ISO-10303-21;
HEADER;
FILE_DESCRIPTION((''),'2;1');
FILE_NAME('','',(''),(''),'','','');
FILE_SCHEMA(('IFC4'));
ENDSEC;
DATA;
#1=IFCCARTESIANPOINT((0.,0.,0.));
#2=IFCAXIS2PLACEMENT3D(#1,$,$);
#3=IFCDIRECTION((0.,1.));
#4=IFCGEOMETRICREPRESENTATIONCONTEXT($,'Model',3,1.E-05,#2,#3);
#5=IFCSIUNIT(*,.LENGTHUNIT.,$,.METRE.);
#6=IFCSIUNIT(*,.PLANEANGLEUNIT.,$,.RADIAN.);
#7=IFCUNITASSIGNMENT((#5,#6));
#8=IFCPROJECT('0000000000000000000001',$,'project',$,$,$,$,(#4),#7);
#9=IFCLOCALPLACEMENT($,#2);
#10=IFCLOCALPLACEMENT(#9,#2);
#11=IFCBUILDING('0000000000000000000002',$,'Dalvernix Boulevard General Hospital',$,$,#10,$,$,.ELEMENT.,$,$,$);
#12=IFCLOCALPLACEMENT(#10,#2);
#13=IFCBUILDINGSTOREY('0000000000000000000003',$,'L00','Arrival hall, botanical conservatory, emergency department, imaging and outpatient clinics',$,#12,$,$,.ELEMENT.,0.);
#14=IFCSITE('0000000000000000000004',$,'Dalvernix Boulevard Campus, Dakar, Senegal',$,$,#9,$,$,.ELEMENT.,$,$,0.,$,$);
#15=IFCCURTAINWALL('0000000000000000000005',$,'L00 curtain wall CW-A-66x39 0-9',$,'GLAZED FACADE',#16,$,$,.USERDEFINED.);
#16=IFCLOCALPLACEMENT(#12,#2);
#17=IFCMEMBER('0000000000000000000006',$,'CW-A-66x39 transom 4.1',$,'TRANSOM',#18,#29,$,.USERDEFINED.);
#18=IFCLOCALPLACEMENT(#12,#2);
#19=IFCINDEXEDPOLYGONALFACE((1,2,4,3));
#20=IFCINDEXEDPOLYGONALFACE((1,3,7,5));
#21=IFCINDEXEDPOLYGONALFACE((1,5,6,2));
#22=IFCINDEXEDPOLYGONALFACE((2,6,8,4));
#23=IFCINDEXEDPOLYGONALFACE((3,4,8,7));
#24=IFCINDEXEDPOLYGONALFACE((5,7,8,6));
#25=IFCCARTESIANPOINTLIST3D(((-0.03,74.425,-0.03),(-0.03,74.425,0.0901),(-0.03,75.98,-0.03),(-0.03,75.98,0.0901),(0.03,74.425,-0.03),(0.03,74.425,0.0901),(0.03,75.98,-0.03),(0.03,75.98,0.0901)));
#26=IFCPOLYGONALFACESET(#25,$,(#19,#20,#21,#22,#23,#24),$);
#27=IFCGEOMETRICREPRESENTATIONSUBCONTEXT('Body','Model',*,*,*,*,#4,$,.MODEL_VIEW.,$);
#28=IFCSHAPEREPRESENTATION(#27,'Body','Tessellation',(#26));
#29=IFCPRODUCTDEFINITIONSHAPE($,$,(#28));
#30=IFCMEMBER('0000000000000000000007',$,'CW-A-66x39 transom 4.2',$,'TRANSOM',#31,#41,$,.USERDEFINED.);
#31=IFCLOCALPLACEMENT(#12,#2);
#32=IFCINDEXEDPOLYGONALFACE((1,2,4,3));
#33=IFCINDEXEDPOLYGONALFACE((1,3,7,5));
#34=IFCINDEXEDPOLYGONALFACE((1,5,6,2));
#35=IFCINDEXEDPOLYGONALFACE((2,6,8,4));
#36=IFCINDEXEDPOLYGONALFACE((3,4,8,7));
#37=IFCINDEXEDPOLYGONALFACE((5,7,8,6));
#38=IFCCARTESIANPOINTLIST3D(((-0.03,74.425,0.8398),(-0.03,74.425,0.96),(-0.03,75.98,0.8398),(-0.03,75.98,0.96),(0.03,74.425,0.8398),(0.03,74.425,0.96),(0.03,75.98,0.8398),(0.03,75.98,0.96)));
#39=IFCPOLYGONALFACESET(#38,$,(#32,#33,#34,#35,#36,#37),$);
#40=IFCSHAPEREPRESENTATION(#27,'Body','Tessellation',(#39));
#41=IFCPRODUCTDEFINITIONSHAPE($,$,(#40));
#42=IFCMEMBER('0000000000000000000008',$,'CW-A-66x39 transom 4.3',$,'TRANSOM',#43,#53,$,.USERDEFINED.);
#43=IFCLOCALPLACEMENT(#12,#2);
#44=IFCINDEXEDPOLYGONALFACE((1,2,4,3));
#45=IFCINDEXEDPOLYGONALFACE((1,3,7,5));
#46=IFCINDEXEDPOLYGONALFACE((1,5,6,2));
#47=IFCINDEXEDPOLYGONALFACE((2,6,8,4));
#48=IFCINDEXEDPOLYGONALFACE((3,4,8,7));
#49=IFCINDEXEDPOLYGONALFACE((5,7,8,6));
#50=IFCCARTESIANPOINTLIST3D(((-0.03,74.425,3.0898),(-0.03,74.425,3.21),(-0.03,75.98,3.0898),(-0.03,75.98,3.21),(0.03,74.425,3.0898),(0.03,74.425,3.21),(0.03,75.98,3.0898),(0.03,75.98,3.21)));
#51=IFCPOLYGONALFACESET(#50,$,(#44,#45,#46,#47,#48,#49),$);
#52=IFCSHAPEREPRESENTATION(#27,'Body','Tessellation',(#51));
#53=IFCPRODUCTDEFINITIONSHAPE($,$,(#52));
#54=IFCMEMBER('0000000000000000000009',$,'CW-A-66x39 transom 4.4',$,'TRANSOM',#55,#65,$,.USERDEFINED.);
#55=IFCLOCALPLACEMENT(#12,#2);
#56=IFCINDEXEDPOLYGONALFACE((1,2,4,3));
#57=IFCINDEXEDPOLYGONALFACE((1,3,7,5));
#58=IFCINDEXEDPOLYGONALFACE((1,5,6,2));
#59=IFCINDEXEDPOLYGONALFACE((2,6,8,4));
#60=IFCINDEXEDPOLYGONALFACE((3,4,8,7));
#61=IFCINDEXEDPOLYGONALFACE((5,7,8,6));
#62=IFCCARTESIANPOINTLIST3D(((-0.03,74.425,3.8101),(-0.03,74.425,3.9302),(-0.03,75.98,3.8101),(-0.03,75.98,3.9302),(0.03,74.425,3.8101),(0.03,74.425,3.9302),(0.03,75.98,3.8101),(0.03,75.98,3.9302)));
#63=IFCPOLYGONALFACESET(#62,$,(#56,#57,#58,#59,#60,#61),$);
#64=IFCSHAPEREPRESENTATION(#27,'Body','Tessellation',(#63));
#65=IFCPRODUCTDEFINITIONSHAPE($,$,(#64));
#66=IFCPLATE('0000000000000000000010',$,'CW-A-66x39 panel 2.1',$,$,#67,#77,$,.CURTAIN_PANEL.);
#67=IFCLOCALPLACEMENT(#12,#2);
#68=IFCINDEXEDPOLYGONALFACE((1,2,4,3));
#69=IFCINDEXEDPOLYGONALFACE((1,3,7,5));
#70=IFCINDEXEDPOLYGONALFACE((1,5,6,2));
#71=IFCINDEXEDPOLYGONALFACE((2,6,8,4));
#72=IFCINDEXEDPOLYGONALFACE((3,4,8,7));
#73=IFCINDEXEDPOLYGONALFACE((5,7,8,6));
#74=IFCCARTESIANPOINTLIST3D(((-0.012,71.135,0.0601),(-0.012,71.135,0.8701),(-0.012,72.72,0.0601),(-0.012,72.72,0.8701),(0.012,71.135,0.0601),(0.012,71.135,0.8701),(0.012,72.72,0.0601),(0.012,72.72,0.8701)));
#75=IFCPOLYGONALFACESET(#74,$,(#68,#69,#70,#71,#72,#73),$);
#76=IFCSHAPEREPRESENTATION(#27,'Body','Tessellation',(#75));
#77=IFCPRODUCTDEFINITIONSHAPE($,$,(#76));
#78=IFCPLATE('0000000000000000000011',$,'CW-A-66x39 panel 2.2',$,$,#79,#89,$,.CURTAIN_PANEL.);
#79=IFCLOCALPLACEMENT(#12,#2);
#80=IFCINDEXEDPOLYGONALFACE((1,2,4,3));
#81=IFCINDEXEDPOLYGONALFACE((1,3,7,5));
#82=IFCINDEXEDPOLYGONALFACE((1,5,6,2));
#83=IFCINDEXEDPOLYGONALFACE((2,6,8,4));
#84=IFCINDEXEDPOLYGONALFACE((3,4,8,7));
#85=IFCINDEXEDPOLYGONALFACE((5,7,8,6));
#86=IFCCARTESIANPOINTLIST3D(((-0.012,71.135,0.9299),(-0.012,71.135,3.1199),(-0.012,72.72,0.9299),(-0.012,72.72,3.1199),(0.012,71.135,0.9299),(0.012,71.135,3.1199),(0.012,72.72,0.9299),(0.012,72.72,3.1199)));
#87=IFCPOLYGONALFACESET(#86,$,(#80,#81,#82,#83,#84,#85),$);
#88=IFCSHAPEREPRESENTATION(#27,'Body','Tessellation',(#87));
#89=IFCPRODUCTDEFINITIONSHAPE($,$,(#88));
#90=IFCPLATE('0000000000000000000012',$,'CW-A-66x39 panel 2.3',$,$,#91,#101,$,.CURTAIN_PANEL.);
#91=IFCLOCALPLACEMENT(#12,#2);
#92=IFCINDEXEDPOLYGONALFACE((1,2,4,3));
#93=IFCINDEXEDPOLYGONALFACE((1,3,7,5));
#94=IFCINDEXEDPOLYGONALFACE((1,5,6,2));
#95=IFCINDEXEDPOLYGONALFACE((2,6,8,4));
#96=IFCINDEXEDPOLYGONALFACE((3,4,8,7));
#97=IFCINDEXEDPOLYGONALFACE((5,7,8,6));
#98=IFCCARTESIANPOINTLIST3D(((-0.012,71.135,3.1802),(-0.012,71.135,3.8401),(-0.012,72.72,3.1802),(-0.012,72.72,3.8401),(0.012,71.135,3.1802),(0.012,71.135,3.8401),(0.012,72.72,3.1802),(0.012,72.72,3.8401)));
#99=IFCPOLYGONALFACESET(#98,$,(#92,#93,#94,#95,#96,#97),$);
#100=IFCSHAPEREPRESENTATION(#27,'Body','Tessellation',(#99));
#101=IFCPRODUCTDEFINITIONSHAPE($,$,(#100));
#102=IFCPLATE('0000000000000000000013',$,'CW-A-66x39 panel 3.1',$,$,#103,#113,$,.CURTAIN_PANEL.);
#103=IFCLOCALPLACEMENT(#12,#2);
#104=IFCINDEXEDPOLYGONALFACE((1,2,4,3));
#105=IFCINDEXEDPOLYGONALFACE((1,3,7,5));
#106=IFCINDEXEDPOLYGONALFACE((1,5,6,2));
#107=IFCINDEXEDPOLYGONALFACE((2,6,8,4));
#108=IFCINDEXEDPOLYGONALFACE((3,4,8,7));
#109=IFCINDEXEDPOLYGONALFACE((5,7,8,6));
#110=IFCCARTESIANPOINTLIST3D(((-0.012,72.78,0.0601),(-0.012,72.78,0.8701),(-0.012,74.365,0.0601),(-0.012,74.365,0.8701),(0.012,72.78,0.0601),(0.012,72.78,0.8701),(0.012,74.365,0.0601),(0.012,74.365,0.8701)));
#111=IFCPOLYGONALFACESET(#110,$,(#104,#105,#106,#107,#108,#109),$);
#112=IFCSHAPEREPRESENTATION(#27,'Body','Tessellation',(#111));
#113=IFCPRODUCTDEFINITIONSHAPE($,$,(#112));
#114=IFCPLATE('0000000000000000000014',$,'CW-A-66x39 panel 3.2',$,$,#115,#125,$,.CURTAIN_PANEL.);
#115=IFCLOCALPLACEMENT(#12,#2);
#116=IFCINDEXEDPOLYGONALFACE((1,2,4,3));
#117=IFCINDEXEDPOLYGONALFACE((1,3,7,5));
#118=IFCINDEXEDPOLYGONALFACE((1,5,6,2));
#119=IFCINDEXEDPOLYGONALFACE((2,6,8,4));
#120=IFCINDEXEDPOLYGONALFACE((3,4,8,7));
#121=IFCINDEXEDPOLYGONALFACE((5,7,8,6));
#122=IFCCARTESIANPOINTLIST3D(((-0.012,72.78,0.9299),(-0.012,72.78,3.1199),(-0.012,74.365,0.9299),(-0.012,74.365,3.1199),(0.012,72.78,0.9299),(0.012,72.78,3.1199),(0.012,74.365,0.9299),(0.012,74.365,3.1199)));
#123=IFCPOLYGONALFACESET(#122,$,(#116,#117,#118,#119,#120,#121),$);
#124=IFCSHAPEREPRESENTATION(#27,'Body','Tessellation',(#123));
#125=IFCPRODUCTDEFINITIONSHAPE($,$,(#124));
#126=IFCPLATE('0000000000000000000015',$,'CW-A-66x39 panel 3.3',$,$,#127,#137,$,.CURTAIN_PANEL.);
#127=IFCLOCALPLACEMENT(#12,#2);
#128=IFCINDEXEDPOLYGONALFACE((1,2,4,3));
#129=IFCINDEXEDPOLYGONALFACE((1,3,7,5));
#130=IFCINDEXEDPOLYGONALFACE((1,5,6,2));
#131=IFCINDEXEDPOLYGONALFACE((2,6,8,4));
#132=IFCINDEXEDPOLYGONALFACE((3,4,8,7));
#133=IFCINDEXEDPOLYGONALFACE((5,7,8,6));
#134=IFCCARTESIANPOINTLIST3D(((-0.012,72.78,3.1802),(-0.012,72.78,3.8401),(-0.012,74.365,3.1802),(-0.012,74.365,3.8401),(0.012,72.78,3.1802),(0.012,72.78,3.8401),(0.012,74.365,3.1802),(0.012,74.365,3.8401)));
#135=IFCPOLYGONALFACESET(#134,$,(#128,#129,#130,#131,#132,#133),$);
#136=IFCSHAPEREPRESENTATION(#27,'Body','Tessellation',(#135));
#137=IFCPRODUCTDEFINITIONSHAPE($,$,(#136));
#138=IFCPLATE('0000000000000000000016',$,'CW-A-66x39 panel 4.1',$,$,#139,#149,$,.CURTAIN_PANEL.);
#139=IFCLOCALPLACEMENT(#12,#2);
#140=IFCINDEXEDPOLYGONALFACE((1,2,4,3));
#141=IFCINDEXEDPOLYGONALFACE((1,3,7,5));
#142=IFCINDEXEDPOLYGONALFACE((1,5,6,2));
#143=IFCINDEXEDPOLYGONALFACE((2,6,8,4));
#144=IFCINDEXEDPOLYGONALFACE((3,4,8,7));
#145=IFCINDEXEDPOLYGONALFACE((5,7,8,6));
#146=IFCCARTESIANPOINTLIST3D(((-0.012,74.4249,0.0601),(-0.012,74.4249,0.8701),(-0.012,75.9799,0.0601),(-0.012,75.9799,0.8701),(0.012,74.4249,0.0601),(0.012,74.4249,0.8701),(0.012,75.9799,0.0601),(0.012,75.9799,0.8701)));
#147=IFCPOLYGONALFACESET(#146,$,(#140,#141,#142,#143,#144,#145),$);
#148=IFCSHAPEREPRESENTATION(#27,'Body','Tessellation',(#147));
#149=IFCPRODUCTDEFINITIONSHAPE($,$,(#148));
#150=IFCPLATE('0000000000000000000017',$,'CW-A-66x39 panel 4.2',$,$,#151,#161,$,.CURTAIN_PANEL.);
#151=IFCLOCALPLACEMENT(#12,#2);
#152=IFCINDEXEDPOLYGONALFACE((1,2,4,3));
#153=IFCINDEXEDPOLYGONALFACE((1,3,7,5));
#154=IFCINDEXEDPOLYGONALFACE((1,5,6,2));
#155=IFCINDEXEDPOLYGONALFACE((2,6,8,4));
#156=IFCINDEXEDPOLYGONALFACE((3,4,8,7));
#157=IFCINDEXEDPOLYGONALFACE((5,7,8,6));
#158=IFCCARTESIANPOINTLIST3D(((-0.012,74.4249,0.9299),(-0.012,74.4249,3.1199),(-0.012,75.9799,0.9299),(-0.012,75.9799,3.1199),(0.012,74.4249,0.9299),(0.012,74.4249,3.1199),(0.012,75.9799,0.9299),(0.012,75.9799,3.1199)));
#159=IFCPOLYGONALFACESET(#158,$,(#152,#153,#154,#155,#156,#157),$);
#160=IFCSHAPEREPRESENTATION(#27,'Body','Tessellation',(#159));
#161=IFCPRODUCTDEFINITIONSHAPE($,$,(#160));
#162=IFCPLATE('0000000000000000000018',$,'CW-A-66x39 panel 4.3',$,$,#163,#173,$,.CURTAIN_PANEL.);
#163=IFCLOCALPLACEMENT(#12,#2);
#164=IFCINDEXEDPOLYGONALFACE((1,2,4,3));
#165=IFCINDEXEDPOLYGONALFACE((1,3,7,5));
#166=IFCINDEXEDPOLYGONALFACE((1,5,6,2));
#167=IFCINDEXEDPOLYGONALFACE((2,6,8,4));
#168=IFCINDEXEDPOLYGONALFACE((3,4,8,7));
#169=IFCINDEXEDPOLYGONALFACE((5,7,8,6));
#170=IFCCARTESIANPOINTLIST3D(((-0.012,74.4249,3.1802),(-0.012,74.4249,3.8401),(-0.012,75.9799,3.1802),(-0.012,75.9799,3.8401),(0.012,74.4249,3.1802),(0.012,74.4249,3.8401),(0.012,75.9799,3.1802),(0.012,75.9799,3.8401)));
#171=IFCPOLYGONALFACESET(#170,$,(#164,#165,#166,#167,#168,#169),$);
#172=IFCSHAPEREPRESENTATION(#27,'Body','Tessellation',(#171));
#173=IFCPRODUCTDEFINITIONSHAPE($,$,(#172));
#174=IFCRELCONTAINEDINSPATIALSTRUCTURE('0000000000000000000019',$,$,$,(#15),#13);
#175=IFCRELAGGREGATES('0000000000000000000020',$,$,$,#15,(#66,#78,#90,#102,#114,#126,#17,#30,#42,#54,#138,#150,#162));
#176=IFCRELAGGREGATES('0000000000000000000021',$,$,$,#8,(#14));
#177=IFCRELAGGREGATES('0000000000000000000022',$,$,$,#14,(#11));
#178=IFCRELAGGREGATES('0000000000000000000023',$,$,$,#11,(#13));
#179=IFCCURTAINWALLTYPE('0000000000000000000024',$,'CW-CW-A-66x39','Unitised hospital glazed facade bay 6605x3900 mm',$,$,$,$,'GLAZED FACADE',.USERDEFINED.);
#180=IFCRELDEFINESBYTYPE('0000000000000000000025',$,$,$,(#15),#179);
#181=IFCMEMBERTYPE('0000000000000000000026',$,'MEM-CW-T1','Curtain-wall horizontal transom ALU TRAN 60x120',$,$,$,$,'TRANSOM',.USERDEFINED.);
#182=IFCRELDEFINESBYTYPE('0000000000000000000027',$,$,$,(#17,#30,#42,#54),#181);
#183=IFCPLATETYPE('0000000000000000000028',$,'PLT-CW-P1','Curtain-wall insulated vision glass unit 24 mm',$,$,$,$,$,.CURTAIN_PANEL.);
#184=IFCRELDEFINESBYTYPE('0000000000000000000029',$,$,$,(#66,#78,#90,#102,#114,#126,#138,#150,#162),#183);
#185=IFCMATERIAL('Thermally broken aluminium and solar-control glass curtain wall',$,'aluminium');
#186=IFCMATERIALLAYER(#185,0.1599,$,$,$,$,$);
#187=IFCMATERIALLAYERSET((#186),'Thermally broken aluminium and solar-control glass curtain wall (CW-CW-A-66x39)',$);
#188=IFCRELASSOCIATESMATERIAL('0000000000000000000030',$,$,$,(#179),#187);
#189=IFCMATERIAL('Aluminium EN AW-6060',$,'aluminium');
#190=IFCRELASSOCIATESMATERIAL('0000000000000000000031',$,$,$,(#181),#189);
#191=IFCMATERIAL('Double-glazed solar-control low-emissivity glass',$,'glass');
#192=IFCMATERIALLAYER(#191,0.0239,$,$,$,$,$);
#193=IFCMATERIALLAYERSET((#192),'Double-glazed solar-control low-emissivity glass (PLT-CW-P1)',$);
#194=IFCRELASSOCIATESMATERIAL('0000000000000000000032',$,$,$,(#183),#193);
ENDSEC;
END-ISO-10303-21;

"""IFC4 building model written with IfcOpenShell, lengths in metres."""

from ifc_helpers import new_model, si_unit, direction, frame, origin, origin_2d, place, context, subcontext, project, spatial, rectangle, extrude, material, layer, layer_set, material_profile, profile_set, type_object, element, aggregate, save


model = new_model("IFC4")

# Units and contexts
model_context = context("Model", 3, precision=1e-05, world=origin(), true_north=direction((0.0, 1.0)))
body_context = subcontext(model_context, "Body", "Model", "MODEL_VIEW")
ifc_project = project(units=[si_unit("LENGTHUNIT", "METRE"), si_unit("PLANEANGLEUNIT", "RADIAN")], contexts=[model_context])

# Site, building, storey
site_placement = place(None, origin())
site = spatial("IfcSite", under=ifc_project, at=site_placement, Name="Dalvernix Boulevard Campus, Dakar, Senegal", CompositionType="ELEMENT", RefElevation=0.0)
building_placement = place(site_placement, origin())
building = spatial("IfcBuilding", under=site, at=building_placement, Name="Dalvernix Boulevard General Hospital", CompositionType="ELEMENT")
storey_placement = place(building_placement, origin())
storey = spatial("IfcBuildingStorey", under=building, at=storey_placement, Name="L00", Description="Arrival hall, botanical conservatory, emergency department, imaging and outpatient clinics", CompositionType="ELEMENT", Elevation=0.0)

# Curtain wall, members, plates
ifc_material_1 = material(Name="Thermally broken aluminium and solar-control glass curtain wall", Category="aluminium")
ifc_layer_1 = layer(ifc_material_1, 0.1599)
ifc_layer_set_1 = layer_set([ifc_layer_1], Name="Thermally broken aluminium and solar-control glass curtain wall (CW-CW-A-66x39)")
curtain_wall_type = type_object("IfcCurtainWallType", Name="CW-CW-A-66x39", Description="Unitised hospital glazed facade bay 6605x3900 mm", ElementType="GLAZED FACADE", PredefinedType="USERDEFINED", material=ifc_layer_set_1)
curtain_wall_placement = place(storey_placement, origin())
curtain_wall = element("IfcCurtainWall", 1, at=curtain_wall_placement, inside=storey, type_object=curtain_wall_type, Name="L00 curtain wall CW-A-66x39 0-9", ObjectType="GLAZED FACADE", PredefinedType="USERDEFINED")
ifc_material_2 = material(Name="Aluminium EN AW-6060", Category="aluminium")
ifc_material_profile_1 = material_profile(ifc_material_2, rectangle(XDim=0.0601, YDim=0.1201, at=origin_2d()), Name="ALU TRAN 60x120")
ifc_profile_set_1 = profile_set([ifc_material_profile_1], Name="Aluminium EN AW-6060")
member_type_1 = type_object("IfcMemberType", Name="MEM-CW-T1", Description="Curtain-wall horizontal transom ALU TRAN 60x120", ElementType="TRANSOM", PredefinedType="USERDEFINED", material=ifc_profile_set_1)
member_1_placement = place(storey_placement, frame((0.0, 74.425, 0.03), z_axis=(0.0, 1.0, 0.0), x_axis=(-1.0, 0.0, 0.0)))
member_1 = element("IfcMember", 2, at=member_1_placement, type_object=member_type_1, Name="CW-A-66x39 transom 4.1", ObjectType="TRANSOM", PredefinedType="USERDEFINED", context=body_context, shape_type="SweptSolid", body=[
    extrude(rectangle(XDim=0.0601, YDim=0.1201, at=origin_2d()), origin(), (0.0, 0.0, 1.0), 1.5549),
])
member_2_placement = place(storey_placement, frame((0.0, 74.425, 0.8999), z_axis=(0.0, 1.0, 0.0), x_axis=(-1.0, 0.0, 0.0)))
member_2 = element("IfcMember", 3, at=member_2_placement, type_object=member_type_1, Name="CW-A-66x39 transom 4.2", ObjectType="TRANSOM", PredefinedType="USERDEFINED", context=body_context, shape_type="SweptSolid", body=[
    extrude(rectangle(XDim=0.0601, YDim=0.1201, at=origin_2d()), origin(), (0.0, 0.0, 1.0), 1.5549),
])
member_3_placement = place(storey_placement, frame((0.0, 74.425, 3.1499), z_axis=(0.0, 1.0, 0.0), x_axis=(-1.0, 0.0, 0.0)))
member_3 = element("IfcMember", 4, at=member_3_placement, type_object=member_type_1, Name="CW-A-66x39 transom 4.3", ObjectType="TRANSOM", PredefinedType="USERDEFINED", context=body_context, shape_type="SweptSolid", body=[
    extrude(rectangle(XDim=0.0601, YDim=0.1201, at=origin_2d()), origin(), (0.0, 0.0, 1.0), 1.5549),
])
member_4_placement = place(storey_placement, frame((0.0, 74.425, 3.8701), z_axis=(0.0, 1.0, 0.0), x_axis=(-1.0, 0.0, 0.0)))
member_4 = element("IfcMember", 5, at=member_4_placement, type_object=member_type_1, Name="CW-A-66x39 transom 4.4", ObjectType="TRANSOM", PredefinedType="USERDEFINED", context=body_context, shape_type="SweptSolid", body=[
    extrude(rectangle(XDim=0.0601, YDim=0.1201, at=origin_2d()), origin(), (0.0, 0.0, 1.0), 1.5549),
])
ifc_material_3 = material(Name="Double-glazed solar-control low-emissivity glass", Category="glass")
ifc_layer_2 = layer(ifc_material_3, 0.0239)
ifc_layer_set_2 = layer_set([ifc_layer_2], Name="Double-glazed solar-control low-emissivity glass (PLT-CW-P1)")
plate_type = type_object("IfcPlateType", Name="PLT-CW-P1", Description="Curtain-wall insulated vision glass unit 24 mm", PredefinedType="CURTAIN_PANEL", material=ifc_layer_set_2)
plate_1_placement = place(storey_placement, frame((0.0, 71.9275, 0.0601), z_axis=(0.0, 0.0, 1.0), x_axis=(0.0, 1.0, 0.0)))
plate_1 = element("IfcPlate", 6, at=plate_1_placement, type_object=plate_type, Name="CW-A-66x39 panel 2.1", PredefinedType="CURTAIN_PANEL", context=body_context, shape_type="SweptSolid", body=[
    extrude(rectangle(XDim=1.585, YDim=0.0239, at=origin_2d()), origin(), (0.0, 0.0, 1.0), 0.8101),
])
plate_2_placement = place(storey_placement, frame((0.0, 71.9275, 0.9299), z_axis=(0.0, 0.0, 1.0), x_axis=(0.0, 1.0, 0.0)))
plate_2 = element("IfcPlate", 7, at=plate_2_placement, type_object=plate_type, Name="CW-A-66x39 panel 2.2", PredefinedType="CURTAIN_PANEL", context=body_context, shape_type="SweptSolid", body=[
    extrude(rectangle(XDim=1.585, YDim=0.0239, at=origin_2d()), origin(), (0.0, 0.0, 1.0), 2.1899),
])
plate_3_placement = place(storey_placement, frame((0.0, 71.9275, 3.1802), z_axis=(0.0, 0.0, 1.0), x_axis=(0.0, 1.0, 0.0)))
plate_3 = element("IfcPlate", 8, at=plate_3_placement, type_object=plate_type, Name="CW-A-66x39 panel 2.3", PredefinedType="CURTAIN_PANEL", context=body_context, shape_type="SweptSolid", body=[
    extrude(rectangle(XDim=1.585, YDim=0.0239, at=origin_2d()), origin(), (0.0, 0.0, 1.0), 0.6599),
])
plate_4_placement = place(storey_placement, frame((0.0, 73.5725, 0.0601), z_axis=(0.0, 0.0, 1.0), x_axis=(0.0, 1.0, 0.0)))
plate_4 = element("IfcPlate", 9, at=plate_4_placement, type_object=plate_type, Name="CW-A-66x39 panel 3.1", PredefinedType="CURTAIN_PANEL", context=body_context, shape_type="SweptSolid", body=[
    extrude(rectangle(XDim=1.585, YDim=0.0239, at=origin_2d()), origin(), (0.0, 0.0, 1.0), 0.8101),
])
plate_5_placement = place(storey_placement, frame((0.0, 73.5725, 0.9299), z_axis=(0.0, 0.0, 1.0), x_axis=(0.0, 1.0, 0.0)))
plate_5 = element("IfcPlate", 10, at=plate_5_placement, type_object=plate_type, Name="CW-A-66x39 panel 3.2", PredefinedType="CURTAIN_PANEL", context=body_context, shape_type="SweptSolid", body=[
    extrude(rectangle(XDim=1.585, YDim=0.0239, at=origin_2d()), origin(), (0.0, 0.0, 1.0), 2.1899),
])
plate_6_placement = place(storey_placement, frame((0.0, 73.5725, 3.1802), z_axis=(0.0, 0.0, 1.0), x_axis=(0.0, 1.0, 0.0)))
plate_6 = element("IfcPlate", 11, at=plate_6_placement, type_object=plate_type, Name="CW-A-66x39 panel 3.3", PredefinedType="CURTAIN_PANEL", context=body_context, shape_type="SweptSolid", body=[
    extrude(rectangle(XDim=1.585, YDim=0.0239, at=origin_2d()), origin(), (0.0, 0.0, 1.0), 0.6599),
])
plate_7_placement = place(storey_placement, frame((0.0, 75.2024, 0.0601), z_axis=(0.0, 0.0, 1.0), x_axis=(0.0, 1.0, 0.0)))
plate_7 = element("IfcPlate", 12, at=plate_7_placement, type_object=plate_type, Name="CW-A-66x39 panel 4.1", PredefinedType="CURTAIN_PANEL", context=body_context, shape_type="SweptSolid", body=[
    extrude(rectangle(XDim=1.5549, YDim=0.0239, at=origin_2d()), origin(), (0.0, 0.0, 1.0), 0.8101),
])
plate_8_placement = place(storey_placement, frame((0.0, 75.2024, 0.9299), z_axis=(0.0, 0.0, 1.0), x_axis=(0.0, 1.0, 0.0)))
plate_8 = element("IfcPlate", 13, at=plate_8_placement, type_object=plate_type, Name="CW-A-66x39 panel 4.2", PredefinedType="CURTAIN_PANEL", context=body_context, shape_type="SweptSolid", body=[
    extrude(rectangle(XDim=1.5549, YDim=0.0239, at=origin_2d()), origin(), (0.0, 0.0, 1.0), 2.1899),
])
plate_9_placement = place(storey_placement, frame((0.0, 75.2024, 3.1802), z_axis=(0.0, 0.0, 1.0), x_axis=(0.0, 1.0, 0.0)))
plate_9 = element("IfcPlate", 14, at=plate_9_placement, type_object=plate_type, Name="CW-A-66x39 panel 4.3", PredefinedType="CURTAIN_PANEL", context=body_context, shape_type="SweptSolid", body=[
    extrude(rectangle(XDim=1.5549, YDim=0.0239, at=origin_2d()), origin(), (0.0, 0.0, 1.0), 0.6599),
])
aggregate(curtain_wall, [plate_1, plate_2, plate_3, plate_4, plate_5, plate_6, member_1, member_2, member_3, member_4, plate_7, plate_8, plate_9])

save(model, "model.ifc")
